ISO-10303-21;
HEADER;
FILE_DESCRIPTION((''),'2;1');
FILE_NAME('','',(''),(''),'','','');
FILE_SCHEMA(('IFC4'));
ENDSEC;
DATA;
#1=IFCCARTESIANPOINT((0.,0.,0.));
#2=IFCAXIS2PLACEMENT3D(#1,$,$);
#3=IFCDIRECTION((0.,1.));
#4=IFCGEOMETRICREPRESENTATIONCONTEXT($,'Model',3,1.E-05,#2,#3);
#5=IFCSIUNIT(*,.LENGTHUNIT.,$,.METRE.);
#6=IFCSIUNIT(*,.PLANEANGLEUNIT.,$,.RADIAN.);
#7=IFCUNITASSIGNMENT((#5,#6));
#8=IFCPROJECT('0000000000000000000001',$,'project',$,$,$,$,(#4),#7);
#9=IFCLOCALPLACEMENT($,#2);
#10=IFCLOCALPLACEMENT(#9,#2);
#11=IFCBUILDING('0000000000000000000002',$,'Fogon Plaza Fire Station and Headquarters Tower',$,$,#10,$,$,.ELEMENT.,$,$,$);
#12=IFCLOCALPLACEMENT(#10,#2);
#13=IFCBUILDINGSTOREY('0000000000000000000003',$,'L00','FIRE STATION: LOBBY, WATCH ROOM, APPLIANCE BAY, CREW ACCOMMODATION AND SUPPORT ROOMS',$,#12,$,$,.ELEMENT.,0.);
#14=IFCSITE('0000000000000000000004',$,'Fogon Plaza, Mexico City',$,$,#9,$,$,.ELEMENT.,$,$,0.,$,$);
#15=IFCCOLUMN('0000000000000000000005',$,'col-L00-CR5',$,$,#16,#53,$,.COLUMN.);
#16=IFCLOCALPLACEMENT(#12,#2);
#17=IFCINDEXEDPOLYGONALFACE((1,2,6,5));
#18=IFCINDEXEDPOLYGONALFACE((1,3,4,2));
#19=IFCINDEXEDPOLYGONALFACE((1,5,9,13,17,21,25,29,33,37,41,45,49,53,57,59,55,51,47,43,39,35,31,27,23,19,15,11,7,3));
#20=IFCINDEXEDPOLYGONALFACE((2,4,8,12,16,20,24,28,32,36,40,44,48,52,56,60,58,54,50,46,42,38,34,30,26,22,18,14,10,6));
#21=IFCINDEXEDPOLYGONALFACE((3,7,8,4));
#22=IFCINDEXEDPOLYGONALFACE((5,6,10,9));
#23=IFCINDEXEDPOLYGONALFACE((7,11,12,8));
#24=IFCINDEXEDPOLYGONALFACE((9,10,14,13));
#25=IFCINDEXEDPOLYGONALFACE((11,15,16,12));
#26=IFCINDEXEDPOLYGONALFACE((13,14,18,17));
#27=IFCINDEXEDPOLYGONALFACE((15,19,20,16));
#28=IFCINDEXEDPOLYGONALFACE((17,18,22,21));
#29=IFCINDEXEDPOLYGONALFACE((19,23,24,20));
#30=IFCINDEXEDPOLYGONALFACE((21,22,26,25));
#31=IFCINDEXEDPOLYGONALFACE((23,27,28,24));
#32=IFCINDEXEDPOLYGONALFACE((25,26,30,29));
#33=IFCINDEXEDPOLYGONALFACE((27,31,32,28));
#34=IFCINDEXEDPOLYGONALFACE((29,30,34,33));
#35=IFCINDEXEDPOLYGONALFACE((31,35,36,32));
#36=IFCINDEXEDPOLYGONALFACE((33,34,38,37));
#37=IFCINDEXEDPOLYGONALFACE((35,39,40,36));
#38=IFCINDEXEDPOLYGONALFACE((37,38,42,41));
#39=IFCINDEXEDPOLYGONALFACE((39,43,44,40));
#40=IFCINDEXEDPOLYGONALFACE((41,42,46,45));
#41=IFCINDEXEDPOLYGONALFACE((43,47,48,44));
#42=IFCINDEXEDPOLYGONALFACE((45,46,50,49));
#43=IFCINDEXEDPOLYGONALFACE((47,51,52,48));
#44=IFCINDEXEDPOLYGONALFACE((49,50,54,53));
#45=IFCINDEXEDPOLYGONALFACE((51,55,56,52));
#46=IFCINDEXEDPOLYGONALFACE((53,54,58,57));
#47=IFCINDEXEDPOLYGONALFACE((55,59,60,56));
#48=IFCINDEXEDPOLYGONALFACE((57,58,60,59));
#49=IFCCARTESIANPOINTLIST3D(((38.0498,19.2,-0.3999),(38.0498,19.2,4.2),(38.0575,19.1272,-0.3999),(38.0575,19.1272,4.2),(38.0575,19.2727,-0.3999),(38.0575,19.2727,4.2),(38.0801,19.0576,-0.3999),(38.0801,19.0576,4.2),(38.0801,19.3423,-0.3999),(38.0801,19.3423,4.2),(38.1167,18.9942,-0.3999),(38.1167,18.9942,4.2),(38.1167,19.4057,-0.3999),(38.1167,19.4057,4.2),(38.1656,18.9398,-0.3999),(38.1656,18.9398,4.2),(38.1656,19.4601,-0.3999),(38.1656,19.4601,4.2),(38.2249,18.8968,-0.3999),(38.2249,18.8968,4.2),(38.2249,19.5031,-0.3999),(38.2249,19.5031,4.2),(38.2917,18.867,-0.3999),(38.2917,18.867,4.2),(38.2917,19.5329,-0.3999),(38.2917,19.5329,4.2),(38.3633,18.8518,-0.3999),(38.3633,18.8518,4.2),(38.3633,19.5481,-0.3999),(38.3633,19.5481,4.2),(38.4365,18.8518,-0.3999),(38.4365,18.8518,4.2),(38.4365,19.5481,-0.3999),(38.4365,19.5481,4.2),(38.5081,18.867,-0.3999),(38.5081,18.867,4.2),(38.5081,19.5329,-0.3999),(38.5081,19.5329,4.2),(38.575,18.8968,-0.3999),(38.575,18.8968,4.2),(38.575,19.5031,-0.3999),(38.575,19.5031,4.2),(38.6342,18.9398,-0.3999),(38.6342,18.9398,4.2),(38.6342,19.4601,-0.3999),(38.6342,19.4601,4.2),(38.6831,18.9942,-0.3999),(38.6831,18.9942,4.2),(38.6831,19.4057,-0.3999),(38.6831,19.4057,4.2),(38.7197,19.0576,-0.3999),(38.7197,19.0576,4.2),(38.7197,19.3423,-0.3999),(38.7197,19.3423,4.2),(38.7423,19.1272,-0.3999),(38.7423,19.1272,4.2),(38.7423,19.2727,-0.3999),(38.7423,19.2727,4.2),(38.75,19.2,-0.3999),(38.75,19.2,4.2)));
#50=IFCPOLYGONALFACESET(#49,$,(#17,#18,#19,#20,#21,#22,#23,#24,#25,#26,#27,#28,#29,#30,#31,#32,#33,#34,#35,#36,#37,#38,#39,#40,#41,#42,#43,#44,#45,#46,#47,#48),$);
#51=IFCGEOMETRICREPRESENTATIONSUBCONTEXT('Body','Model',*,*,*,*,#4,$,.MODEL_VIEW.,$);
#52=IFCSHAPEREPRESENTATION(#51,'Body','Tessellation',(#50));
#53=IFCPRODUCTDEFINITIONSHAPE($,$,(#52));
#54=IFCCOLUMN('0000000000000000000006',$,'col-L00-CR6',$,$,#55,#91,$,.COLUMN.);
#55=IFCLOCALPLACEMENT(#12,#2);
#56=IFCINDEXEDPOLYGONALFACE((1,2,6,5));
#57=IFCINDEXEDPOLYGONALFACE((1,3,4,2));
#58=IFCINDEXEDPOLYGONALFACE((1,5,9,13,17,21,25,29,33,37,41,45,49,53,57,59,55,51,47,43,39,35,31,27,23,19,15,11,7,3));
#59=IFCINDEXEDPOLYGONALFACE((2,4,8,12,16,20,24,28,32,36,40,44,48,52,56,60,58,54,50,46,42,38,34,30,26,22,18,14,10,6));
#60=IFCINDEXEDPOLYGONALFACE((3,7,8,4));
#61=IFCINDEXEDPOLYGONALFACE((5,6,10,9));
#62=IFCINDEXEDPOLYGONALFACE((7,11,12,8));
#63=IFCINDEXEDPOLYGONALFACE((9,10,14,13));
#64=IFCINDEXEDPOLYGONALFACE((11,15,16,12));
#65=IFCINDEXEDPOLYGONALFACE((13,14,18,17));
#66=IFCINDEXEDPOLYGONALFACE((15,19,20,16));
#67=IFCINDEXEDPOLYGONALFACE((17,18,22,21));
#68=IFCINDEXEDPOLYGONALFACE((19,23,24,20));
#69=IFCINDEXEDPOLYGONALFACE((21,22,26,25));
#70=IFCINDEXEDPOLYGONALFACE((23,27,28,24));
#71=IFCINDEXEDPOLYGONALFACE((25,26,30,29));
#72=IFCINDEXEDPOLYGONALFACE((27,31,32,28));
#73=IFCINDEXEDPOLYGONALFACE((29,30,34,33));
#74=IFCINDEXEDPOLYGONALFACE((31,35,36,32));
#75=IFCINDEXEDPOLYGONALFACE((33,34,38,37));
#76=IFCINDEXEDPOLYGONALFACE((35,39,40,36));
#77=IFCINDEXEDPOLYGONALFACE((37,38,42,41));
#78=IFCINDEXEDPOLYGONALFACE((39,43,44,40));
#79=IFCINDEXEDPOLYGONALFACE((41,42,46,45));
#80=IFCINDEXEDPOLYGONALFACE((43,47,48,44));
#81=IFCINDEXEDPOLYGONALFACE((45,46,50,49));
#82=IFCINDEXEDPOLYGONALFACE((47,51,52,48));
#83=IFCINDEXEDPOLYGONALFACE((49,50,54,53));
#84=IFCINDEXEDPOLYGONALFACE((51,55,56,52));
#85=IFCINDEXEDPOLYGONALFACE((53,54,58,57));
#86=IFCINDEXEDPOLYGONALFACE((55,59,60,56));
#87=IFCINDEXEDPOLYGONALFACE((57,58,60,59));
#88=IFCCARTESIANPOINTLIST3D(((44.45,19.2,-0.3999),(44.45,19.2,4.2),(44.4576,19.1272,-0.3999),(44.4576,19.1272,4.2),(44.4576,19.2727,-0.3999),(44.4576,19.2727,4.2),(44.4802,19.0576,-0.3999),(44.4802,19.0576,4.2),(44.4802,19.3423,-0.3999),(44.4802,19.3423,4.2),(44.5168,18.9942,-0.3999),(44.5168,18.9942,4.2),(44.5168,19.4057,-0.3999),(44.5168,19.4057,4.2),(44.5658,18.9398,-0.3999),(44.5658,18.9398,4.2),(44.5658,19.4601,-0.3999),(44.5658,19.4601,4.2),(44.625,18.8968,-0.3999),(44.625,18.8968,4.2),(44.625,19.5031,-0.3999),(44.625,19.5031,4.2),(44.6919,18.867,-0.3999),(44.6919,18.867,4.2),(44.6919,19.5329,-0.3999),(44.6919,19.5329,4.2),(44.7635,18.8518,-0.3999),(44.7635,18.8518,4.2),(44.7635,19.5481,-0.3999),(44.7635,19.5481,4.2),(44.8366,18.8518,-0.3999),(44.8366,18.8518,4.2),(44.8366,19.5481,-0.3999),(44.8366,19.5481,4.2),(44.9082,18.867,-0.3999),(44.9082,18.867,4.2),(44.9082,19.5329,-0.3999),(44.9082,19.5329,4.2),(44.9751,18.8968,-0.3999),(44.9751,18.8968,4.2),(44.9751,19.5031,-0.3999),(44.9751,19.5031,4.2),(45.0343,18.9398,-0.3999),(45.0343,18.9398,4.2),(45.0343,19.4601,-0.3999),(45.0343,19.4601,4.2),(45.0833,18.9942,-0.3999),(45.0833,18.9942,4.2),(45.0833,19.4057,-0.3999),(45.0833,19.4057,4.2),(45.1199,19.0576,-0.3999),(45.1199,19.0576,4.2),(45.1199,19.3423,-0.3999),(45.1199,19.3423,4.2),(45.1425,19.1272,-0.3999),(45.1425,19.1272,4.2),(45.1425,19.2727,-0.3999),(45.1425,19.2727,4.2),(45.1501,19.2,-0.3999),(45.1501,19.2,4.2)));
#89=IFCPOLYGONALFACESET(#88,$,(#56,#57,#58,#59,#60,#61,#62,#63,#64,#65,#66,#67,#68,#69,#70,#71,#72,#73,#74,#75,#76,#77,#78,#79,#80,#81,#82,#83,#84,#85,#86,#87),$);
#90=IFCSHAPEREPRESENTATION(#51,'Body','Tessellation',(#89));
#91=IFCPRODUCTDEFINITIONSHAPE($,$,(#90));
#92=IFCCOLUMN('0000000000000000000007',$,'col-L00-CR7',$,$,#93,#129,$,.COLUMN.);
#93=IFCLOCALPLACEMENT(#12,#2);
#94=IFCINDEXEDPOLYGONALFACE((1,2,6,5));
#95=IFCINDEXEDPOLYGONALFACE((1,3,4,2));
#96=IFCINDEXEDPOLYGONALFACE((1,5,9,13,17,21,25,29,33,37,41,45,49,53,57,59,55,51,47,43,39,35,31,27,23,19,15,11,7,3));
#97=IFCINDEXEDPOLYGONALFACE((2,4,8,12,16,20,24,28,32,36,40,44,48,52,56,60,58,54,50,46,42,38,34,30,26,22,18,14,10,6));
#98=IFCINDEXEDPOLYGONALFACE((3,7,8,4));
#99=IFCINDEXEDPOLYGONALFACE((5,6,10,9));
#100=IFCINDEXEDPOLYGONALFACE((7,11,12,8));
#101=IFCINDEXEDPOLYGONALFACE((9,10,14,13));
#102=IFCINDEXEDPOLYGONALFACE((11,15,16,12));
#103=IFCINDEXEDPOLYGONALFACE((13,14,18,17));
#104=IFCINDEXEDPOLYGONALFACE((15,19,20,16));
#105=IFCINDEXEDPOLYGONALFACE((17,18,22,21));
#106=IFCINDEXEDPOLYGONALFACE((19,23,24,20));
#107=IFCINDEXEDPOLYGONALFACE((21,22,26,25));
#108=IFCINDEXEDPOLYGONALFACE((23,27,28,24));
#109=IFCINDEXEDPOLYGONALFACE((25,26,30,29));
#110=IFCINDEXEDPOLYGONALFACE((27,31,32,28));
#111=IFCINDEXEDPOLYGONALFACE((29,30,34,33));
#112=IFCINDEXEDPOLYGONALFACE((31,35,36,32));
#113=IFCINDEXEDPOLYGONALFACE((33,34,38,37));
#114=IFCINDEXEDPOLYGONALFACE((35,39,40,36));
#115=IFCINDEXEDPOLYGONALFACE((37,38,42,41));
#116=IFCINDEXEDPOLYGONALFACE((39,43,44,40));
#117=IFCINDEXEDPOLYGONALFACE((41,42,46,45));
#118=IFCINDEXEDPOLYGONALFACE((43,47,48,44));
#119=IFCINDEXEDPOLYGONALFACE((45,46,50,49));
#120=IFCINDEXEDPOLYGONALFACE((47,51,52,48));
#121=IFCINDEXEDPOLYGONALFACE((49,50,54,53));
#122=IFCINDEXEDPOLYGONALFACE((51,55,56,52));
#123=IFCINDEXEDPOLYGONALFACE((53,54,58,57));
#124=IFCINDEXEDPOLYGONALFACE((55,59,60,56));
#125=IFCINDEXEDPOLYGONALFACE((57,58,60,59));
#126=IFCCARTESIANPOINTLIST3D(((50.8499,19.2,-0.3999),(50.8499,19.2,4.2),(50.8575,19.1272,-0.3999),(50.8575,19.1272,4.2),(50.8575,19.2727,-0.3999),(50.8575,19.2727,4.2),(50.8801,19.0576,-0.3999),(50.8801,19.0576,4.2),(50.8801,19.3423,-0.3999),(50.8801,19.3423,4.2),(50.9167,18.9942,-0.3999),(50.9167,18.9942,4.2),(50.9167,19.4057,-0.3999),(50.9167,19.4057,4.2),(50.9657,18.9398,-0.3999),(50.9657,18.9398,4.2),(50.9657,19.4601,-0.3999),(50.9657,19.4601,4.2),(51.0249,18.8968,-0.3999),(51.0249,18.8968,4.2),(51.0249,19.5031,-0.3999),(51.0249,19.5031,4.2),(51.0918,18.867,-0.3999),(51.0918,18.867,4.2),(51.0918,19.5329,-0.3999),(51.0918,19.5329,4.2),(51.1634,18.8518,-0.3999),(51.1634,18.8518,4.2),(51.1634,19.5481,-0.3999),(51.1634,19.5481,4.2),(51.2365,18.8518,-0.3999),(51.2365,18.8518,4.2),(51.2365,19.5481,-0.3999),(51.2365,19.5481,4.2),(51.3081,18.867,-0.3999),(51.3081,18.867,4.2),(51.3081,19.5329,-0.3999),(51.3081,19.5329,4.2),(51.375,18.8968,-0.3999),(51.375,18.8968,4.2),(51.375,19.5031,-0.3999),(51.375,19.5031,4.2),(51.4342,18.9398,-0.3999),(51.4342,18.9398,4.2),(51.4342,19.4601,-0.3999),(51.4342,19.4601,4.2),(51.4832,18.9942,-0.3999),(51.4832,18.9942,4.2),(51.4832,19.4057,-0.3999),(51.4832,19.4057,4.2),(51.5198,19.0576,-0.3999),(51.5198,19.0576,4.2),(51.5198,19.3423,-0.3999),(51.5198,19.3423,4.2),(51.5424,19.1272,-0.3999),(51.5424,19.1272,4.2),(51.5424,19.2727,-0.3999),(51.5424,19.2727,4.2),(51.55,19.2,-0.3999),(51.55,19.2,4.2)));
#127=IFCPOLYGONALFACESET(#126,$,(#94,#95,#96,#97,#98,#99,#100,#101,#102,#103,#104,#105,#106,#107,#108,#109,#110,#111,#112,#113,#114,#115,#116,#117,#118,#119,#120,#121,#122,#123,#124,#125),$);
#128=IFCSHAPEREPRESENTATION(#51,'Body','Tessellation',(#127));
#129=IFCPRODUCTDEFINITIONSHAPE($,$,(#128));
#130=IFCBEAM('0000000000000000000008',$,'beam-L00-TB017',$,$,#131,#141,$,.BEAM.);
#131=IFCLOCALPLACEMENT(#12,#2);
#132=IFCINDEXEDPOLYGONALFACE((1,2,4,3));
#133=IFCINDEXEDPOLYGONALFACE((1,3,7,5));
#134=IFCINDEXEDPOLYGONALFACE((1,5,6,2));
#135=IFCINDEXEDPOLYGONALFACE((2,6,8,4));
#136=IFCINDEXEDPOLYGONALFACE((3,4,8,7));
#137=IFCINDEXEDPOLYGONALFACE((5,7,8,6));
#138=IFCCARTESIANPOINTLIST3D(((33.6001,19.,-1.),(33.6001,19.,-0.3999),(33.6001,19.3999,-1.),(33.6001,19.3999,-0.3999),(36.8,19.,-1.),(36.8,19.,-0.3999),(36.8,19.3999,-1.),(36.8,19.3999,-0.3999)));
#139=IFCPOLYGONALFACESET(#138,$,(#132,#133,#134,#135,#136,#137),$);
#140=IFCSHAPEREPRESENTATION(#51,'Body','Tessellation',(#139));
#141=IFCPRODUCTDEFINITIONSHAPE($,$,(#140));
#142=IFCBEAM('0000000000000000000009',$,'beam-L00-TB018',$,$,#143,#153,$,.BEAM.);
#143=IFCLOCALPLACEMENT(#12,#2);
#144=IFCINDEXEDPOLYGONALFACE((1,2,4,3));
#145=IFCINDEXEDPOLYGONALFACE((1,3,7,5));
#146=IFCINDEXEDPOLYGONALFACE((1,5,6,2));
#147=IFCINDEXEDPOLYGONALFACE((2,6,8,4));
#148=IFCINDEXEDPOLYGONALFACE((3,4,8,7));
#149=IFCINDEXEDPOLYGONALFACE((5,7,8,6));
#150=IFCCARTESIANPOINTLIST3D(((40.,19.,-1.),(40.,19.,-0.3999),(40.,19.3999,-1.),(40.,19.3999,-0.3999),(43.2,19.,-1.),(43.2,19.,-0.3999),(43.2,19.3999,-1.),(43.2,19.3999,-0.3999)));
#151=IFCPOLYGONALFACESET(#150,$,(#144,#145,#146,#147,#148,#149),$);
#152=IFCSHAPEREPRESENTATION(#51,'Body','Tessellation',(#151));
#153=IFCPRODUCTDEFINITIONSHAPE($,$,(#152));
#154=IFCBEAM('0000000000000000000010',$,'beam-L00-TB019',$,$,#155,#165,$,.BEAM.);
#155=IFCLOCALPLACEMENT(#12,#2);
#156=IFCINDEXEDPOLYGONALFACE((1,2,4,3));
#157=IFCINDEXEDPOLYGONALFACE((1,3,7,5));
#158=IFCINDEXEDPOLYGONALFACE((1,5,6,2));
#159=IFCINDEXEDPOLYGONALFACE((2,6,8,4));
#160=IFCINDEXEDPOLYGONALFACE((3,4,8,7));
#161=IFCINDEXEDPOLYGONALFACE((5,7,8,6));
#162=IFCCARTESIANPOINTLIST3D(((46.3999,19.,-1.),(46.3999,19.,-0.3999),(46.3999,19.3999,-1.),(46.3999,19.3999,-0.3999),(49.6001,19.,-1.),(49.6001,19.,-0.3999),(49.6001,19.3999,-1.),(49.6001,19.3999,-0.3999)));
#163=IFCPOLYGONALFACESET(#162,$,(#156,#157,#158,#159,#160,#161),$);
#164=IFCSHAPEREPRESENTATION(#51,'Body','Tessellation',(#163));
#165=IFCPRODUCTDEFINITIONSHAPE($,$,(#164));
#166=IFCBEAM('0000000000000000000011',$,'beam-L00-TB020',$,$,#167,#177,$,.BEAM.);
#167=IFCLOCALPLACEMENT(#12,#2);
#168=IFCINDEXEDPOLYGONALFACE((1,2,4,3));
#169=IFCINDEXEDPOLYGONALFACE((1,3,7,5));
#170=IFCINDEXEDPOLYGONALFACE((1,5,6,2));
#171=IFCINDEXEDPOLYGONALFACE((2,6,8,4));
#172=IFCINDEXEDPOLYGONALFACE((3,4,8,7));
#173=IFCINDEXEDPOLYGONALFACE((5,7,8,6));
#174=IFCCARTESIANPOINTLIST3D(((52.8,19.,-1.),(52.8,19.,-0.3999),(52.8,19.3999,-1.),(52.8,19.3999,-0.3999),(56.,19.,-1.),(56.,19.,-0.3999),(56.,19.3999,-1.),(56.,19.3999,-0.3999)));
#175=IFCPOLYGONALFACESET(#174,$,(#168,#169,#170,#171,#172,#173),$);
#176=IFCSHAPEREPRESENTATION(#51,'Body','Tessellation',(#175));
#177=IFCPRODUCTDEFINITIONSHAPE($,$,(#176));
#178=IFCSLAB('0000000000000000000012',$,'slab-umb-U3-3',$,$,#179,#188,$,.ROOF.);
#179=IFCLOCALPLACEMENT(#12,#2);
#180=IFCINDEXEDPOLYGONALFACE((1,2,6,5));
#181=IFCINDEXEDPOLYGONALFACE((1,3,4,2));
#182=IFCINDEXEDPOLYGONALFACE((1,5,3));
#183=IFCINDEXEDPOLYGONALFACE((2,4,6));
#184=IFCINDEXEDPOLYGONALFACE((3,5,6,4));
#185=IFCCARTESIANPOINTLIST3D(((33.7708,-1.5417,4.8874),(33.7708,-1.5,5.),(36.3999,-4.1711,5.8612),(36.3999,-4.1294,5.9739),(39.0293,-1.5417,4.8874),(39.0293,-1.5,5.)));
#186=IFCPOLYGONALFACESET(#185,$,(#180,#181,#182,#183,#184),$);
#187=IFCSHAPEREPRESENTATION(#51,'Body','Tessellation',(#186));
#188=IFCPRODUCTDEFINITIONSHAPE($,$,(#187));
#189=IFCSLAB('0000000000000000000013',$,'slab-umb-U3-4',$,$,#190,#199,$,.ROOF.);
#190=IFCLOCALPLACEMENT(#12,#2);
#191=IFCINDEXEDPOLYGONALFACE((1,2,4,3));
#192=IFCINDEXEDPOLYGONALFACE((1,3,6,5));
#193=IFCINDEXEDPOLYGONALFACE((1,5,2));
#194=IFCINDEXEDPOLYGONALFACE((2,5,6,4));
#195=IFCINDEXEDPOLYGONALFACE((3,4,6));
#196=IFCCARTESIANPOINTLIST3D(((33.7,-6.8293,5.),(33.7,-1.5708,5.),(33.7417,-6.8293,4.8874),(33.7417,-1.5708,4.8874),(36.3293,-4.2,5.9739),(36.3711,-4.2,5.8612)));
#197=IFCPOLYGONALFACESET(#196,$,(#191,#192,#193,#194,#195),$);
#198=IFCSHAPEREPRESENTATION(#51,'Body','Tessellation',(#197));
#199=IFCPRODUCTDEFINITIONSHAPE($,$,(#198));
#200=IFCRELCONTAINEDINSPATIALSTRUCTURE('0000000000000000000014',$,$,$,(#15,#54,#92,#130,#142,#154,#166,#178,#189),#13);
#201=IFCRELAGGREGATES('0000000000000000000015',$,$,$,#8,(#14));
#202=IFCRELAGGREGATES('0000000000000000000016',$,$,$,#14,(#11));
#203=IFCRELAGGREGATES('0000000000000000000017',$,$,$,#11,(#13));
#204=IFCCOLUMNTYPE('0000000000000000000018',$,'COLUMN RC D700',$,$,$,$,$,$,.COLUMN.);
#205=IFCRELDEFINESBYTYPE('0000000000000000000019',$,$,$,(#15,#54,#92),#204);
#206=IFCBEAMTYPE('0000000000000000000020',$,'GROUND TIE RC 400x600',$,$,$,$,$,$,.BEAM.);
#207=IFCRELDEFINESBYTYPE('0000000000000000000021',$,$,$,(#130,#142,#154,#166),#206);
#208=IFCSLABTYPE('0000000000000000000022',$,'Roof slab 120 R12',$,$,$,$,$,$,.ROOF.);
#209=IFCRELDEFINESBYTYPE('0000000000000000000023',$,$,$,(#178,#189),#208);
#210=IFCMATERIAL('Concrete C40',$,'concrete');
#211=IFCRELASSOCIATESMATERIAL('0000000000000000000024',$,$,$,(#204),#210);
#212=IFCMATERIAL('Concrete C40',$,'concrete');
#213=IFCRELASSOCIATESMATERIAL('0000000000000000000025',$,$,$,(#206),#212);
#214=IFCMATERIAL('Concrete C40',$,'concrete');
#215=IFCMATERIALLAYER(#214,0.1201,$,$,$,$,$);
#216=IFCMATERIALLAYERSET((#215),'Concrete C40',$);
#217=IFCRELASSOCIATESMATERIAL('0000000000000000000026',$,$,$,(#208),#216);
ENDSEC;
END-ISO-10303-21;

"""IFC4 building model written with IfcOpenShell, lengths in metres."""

from ifc_helpers import new_model, si_unit, direction, frame, origin, origin_2d, place, context, subcontext, project, spatial, polyline, rectangle, circle, outline, extrude, material, layer, layer_set, material_profile, profile_set, type_object, element, save


model = new_model("IFC4")

# Units and contexts
model_context = context("Model", 3, precision=1e-05, world=origin(), true_north=direction((0.0, 1.0)))
body_context = subcontext(model_context, "Body", "Model", "MODEL_VIEW")
ifc_project = project(units=[si_unit("LENGTHUNIT", "METRE"), si_unit("PLANEANGLEUNIT", "RADIAN")], contexts=[model_context])

# Site, building, storey
site_placement = place(None, origin())
site = spatial("IfcSite", under=ifc_project, at=site_placement, Name="Fogon Plaza, Mexico City", CompositionType="ELEMENT", RefElevation=0.0)
building_placement = place(site_placement, origin())
building = spatial("IfcBuilding", under=site, at=building_placement, Name="Fogon Plaza Fire Station and Headquarters Tower", CompositionType="ELEMENT")
storey_placement = place(building_placement, origin())
storey = spatial("IfcBuildingStorey", under=building, at=storey_placement, Name="L00", Description="FIRE STATION: LOBBY, WATCH ROOM, APPLIANCE BAY, CREW ACCOMMODATION AND SUPPORT ROOMS", CompositionType="ELEMENT", Elevation=0.0)

# Columns
ifc_material_1 = material(Name="Concrete C40", Category="concrete")
ifc_material_profile_1 = material_profile(ifc_material_1, circle(Radius=0.3501, at=origin_2d()), Name="RC D700")
ifc_profile_set_1 = profile_set([ifc_material_profile_1], Name="Concrete C40")
column_type = type_object("IfcColumnType", Name="COLUMN RC D700", PredefinedType="COLUMN", material=ifc_profile_set_1)
for number, where, z_axis, x_axis, name in (
    (1, (38.3999, 19.2, -0.3999), (0.0, 0.0, 1.0), (1.0, 0.0, 0.0), "col-L00-CR5"),
    (2, (44.8, 19.2, -0.3999), (0.0, 0.0, 1.0), (1.0, 0.0, 0.0), "col-L00-CR6"),
    (3, (51.2, 19.2, -0.3999), (0.0, 0.0, 1.0), (1.0, 0.0, 0.0), "col-L00-CR7"),
):
    element("IfcColumn", number, at=place(storey_placement, frame(where, z_axis=z_axis, x_axis=x_axis)), inside=storey, type_object=column_type, Name=name, PredefinedType="COLUMN", context=body_context, shape_type="SweptSolid", body=[
        extrude(circle(Radius=0.3501, at=origin_2d()), origin(), (0.0, 0.0, 1.0), 4.5999),
    ])

# Beams
ifc_material_2 = material(Name="Concrete C40", Category="concrete")
ifc_material_profile_2 = material_profile(ifc_material_2, rectangle(XDim=0.3999, YDim=0.6001, at=origin_2d()), Name="RC 400x600")
ifc_profile_set_2 = profile_set([ifc_material_profile_2], Name="Concrete C40")
beam_type = type_object("IfcBeamType", Name="GROUND TIE RC 400x600", PredefinedType="BEAM", material=ifc_profile_set_2)
for number, where, z_axis, x_axis, name in (
    (4, (33.6001, 19.2, -0.7), (1.0, 0.0, 0.0), (0.0, 1.0, 0.0), "beam-L00-TB017"),
    (5, (40.0, 19.2, -0.7), (1.0, 0.0, 0.0), (0.0, 1.0, 0.0), "beam-L00-TB018"),
):
    element("IfcBeam", number, at=place(storey_placement, frame(where, z_axis=z_axis, x_axis=x_axis)), inside=storey, type_object=beam_type, Name=name, PredefinedType="BEAM", context=body_context, shape_type="SweptSolid", body=[
        extrude(rectangle(XDim=0.3999, YDim=0.6001, at=origin_2d()), origin(), (0.0, 0.0, 1.0), 3.2),
    ])
beam_1_placement = place(storey_placement, frame((46.3999, 19.2, -0.7), z_axis=(1.0, 0.0, 0.0), x_axis=(0.0, 1.0, 0.0)))
element("IfcBeam", 6, at=beam_1_placement, inside=storey, type_object=beam_type, Name="beam-L00-TB019", PredefinedType="BEAM", context=body_context, shape_type="SweptSolid", body=[
    extrude(rectangle(XDim=0.3999, YDim=0.6001, at=origin_2d()), origin(), (0.0, 0.0, 1.0), 3.2002),
])
beam_2_placement = place(storey_placement, frame((52.8, 19.2, -0.7), z_axis=(1.0, 0.0, 0.0), x_axis=(0.0, 1.0, 0.0)))
element("IfcBeam", 7, at=beam_2_placement, inside=storey, type_object=beam_type, Name="beam-L00-TB020", PredefinedType="BEAM", context=body_context, shape_type="SweptSolid", body=[
    extrude(rectangle(XDim=0.3999, YDim=0.6001, at=origin_2d()), origin(), (0.0, 0.0, 1.0), 3.2),
])

# Slabs
ifc_material_3 = material(Name="Concrete C40", Category="concrete")
ifc_layer_1 = layer(ifc_material_3, 0.1201)
ifc_layer_set_1 = layer_set([ifc_layer_1], Name="Concrete C40")
slab_type = type_object("IfcSlabType", Name="Roof slab 120 R12", PredefinedType="ROOF", material=ifc_layer_set_1)
slab_placement = place(storey_placement, frame((39.0293, -1.5, 5.0), z_axis=(0.0, 0.347323, 0.937746), x_axis=(-0.684036, -0.684036, 0.253354)))
element("IfcSlab", 8, at=slab_placement, inside=storey, type_object=slab_type, Name="slab-umb-U3-3", PredefinedType="ROOF", context=body_context, shape_type="SweptSolid", body=[
    extrude(outline(polyline([(0.0, 0.0), (3.8439, 0.0), (3.597, -3.8358), (0.0, 0.0)])), origin(), (0.0, 0.0, -1.0), 0.1201),
])
for number, where, z_axis, x_axis, name in (
    (9, (33.7, -1.5708, 5.0), (-0.347323, 0.0, 0.937746), (0.684066, -0.684003, 0.253365), "slab-umb-U3-4"),
):
    element("IfcSlab", number, at=place(storey_placement, frame(where, z_axis=z_axis, x_axis=x_axis)), inside=storey, type_object=slab_type, Name=name, PredefinedType="ROOF", context=body_context, shape_type="SweptSolid", body=[
        extrude(outline(polyline([(0.0, 0.0), (3.8438, 0.0), (3.5969, -3.836), (0.0, 0.0)])), origin(), (0.0, 0.0, -1.0), 0.1201),
    ])

save(model, "model.ifc")
